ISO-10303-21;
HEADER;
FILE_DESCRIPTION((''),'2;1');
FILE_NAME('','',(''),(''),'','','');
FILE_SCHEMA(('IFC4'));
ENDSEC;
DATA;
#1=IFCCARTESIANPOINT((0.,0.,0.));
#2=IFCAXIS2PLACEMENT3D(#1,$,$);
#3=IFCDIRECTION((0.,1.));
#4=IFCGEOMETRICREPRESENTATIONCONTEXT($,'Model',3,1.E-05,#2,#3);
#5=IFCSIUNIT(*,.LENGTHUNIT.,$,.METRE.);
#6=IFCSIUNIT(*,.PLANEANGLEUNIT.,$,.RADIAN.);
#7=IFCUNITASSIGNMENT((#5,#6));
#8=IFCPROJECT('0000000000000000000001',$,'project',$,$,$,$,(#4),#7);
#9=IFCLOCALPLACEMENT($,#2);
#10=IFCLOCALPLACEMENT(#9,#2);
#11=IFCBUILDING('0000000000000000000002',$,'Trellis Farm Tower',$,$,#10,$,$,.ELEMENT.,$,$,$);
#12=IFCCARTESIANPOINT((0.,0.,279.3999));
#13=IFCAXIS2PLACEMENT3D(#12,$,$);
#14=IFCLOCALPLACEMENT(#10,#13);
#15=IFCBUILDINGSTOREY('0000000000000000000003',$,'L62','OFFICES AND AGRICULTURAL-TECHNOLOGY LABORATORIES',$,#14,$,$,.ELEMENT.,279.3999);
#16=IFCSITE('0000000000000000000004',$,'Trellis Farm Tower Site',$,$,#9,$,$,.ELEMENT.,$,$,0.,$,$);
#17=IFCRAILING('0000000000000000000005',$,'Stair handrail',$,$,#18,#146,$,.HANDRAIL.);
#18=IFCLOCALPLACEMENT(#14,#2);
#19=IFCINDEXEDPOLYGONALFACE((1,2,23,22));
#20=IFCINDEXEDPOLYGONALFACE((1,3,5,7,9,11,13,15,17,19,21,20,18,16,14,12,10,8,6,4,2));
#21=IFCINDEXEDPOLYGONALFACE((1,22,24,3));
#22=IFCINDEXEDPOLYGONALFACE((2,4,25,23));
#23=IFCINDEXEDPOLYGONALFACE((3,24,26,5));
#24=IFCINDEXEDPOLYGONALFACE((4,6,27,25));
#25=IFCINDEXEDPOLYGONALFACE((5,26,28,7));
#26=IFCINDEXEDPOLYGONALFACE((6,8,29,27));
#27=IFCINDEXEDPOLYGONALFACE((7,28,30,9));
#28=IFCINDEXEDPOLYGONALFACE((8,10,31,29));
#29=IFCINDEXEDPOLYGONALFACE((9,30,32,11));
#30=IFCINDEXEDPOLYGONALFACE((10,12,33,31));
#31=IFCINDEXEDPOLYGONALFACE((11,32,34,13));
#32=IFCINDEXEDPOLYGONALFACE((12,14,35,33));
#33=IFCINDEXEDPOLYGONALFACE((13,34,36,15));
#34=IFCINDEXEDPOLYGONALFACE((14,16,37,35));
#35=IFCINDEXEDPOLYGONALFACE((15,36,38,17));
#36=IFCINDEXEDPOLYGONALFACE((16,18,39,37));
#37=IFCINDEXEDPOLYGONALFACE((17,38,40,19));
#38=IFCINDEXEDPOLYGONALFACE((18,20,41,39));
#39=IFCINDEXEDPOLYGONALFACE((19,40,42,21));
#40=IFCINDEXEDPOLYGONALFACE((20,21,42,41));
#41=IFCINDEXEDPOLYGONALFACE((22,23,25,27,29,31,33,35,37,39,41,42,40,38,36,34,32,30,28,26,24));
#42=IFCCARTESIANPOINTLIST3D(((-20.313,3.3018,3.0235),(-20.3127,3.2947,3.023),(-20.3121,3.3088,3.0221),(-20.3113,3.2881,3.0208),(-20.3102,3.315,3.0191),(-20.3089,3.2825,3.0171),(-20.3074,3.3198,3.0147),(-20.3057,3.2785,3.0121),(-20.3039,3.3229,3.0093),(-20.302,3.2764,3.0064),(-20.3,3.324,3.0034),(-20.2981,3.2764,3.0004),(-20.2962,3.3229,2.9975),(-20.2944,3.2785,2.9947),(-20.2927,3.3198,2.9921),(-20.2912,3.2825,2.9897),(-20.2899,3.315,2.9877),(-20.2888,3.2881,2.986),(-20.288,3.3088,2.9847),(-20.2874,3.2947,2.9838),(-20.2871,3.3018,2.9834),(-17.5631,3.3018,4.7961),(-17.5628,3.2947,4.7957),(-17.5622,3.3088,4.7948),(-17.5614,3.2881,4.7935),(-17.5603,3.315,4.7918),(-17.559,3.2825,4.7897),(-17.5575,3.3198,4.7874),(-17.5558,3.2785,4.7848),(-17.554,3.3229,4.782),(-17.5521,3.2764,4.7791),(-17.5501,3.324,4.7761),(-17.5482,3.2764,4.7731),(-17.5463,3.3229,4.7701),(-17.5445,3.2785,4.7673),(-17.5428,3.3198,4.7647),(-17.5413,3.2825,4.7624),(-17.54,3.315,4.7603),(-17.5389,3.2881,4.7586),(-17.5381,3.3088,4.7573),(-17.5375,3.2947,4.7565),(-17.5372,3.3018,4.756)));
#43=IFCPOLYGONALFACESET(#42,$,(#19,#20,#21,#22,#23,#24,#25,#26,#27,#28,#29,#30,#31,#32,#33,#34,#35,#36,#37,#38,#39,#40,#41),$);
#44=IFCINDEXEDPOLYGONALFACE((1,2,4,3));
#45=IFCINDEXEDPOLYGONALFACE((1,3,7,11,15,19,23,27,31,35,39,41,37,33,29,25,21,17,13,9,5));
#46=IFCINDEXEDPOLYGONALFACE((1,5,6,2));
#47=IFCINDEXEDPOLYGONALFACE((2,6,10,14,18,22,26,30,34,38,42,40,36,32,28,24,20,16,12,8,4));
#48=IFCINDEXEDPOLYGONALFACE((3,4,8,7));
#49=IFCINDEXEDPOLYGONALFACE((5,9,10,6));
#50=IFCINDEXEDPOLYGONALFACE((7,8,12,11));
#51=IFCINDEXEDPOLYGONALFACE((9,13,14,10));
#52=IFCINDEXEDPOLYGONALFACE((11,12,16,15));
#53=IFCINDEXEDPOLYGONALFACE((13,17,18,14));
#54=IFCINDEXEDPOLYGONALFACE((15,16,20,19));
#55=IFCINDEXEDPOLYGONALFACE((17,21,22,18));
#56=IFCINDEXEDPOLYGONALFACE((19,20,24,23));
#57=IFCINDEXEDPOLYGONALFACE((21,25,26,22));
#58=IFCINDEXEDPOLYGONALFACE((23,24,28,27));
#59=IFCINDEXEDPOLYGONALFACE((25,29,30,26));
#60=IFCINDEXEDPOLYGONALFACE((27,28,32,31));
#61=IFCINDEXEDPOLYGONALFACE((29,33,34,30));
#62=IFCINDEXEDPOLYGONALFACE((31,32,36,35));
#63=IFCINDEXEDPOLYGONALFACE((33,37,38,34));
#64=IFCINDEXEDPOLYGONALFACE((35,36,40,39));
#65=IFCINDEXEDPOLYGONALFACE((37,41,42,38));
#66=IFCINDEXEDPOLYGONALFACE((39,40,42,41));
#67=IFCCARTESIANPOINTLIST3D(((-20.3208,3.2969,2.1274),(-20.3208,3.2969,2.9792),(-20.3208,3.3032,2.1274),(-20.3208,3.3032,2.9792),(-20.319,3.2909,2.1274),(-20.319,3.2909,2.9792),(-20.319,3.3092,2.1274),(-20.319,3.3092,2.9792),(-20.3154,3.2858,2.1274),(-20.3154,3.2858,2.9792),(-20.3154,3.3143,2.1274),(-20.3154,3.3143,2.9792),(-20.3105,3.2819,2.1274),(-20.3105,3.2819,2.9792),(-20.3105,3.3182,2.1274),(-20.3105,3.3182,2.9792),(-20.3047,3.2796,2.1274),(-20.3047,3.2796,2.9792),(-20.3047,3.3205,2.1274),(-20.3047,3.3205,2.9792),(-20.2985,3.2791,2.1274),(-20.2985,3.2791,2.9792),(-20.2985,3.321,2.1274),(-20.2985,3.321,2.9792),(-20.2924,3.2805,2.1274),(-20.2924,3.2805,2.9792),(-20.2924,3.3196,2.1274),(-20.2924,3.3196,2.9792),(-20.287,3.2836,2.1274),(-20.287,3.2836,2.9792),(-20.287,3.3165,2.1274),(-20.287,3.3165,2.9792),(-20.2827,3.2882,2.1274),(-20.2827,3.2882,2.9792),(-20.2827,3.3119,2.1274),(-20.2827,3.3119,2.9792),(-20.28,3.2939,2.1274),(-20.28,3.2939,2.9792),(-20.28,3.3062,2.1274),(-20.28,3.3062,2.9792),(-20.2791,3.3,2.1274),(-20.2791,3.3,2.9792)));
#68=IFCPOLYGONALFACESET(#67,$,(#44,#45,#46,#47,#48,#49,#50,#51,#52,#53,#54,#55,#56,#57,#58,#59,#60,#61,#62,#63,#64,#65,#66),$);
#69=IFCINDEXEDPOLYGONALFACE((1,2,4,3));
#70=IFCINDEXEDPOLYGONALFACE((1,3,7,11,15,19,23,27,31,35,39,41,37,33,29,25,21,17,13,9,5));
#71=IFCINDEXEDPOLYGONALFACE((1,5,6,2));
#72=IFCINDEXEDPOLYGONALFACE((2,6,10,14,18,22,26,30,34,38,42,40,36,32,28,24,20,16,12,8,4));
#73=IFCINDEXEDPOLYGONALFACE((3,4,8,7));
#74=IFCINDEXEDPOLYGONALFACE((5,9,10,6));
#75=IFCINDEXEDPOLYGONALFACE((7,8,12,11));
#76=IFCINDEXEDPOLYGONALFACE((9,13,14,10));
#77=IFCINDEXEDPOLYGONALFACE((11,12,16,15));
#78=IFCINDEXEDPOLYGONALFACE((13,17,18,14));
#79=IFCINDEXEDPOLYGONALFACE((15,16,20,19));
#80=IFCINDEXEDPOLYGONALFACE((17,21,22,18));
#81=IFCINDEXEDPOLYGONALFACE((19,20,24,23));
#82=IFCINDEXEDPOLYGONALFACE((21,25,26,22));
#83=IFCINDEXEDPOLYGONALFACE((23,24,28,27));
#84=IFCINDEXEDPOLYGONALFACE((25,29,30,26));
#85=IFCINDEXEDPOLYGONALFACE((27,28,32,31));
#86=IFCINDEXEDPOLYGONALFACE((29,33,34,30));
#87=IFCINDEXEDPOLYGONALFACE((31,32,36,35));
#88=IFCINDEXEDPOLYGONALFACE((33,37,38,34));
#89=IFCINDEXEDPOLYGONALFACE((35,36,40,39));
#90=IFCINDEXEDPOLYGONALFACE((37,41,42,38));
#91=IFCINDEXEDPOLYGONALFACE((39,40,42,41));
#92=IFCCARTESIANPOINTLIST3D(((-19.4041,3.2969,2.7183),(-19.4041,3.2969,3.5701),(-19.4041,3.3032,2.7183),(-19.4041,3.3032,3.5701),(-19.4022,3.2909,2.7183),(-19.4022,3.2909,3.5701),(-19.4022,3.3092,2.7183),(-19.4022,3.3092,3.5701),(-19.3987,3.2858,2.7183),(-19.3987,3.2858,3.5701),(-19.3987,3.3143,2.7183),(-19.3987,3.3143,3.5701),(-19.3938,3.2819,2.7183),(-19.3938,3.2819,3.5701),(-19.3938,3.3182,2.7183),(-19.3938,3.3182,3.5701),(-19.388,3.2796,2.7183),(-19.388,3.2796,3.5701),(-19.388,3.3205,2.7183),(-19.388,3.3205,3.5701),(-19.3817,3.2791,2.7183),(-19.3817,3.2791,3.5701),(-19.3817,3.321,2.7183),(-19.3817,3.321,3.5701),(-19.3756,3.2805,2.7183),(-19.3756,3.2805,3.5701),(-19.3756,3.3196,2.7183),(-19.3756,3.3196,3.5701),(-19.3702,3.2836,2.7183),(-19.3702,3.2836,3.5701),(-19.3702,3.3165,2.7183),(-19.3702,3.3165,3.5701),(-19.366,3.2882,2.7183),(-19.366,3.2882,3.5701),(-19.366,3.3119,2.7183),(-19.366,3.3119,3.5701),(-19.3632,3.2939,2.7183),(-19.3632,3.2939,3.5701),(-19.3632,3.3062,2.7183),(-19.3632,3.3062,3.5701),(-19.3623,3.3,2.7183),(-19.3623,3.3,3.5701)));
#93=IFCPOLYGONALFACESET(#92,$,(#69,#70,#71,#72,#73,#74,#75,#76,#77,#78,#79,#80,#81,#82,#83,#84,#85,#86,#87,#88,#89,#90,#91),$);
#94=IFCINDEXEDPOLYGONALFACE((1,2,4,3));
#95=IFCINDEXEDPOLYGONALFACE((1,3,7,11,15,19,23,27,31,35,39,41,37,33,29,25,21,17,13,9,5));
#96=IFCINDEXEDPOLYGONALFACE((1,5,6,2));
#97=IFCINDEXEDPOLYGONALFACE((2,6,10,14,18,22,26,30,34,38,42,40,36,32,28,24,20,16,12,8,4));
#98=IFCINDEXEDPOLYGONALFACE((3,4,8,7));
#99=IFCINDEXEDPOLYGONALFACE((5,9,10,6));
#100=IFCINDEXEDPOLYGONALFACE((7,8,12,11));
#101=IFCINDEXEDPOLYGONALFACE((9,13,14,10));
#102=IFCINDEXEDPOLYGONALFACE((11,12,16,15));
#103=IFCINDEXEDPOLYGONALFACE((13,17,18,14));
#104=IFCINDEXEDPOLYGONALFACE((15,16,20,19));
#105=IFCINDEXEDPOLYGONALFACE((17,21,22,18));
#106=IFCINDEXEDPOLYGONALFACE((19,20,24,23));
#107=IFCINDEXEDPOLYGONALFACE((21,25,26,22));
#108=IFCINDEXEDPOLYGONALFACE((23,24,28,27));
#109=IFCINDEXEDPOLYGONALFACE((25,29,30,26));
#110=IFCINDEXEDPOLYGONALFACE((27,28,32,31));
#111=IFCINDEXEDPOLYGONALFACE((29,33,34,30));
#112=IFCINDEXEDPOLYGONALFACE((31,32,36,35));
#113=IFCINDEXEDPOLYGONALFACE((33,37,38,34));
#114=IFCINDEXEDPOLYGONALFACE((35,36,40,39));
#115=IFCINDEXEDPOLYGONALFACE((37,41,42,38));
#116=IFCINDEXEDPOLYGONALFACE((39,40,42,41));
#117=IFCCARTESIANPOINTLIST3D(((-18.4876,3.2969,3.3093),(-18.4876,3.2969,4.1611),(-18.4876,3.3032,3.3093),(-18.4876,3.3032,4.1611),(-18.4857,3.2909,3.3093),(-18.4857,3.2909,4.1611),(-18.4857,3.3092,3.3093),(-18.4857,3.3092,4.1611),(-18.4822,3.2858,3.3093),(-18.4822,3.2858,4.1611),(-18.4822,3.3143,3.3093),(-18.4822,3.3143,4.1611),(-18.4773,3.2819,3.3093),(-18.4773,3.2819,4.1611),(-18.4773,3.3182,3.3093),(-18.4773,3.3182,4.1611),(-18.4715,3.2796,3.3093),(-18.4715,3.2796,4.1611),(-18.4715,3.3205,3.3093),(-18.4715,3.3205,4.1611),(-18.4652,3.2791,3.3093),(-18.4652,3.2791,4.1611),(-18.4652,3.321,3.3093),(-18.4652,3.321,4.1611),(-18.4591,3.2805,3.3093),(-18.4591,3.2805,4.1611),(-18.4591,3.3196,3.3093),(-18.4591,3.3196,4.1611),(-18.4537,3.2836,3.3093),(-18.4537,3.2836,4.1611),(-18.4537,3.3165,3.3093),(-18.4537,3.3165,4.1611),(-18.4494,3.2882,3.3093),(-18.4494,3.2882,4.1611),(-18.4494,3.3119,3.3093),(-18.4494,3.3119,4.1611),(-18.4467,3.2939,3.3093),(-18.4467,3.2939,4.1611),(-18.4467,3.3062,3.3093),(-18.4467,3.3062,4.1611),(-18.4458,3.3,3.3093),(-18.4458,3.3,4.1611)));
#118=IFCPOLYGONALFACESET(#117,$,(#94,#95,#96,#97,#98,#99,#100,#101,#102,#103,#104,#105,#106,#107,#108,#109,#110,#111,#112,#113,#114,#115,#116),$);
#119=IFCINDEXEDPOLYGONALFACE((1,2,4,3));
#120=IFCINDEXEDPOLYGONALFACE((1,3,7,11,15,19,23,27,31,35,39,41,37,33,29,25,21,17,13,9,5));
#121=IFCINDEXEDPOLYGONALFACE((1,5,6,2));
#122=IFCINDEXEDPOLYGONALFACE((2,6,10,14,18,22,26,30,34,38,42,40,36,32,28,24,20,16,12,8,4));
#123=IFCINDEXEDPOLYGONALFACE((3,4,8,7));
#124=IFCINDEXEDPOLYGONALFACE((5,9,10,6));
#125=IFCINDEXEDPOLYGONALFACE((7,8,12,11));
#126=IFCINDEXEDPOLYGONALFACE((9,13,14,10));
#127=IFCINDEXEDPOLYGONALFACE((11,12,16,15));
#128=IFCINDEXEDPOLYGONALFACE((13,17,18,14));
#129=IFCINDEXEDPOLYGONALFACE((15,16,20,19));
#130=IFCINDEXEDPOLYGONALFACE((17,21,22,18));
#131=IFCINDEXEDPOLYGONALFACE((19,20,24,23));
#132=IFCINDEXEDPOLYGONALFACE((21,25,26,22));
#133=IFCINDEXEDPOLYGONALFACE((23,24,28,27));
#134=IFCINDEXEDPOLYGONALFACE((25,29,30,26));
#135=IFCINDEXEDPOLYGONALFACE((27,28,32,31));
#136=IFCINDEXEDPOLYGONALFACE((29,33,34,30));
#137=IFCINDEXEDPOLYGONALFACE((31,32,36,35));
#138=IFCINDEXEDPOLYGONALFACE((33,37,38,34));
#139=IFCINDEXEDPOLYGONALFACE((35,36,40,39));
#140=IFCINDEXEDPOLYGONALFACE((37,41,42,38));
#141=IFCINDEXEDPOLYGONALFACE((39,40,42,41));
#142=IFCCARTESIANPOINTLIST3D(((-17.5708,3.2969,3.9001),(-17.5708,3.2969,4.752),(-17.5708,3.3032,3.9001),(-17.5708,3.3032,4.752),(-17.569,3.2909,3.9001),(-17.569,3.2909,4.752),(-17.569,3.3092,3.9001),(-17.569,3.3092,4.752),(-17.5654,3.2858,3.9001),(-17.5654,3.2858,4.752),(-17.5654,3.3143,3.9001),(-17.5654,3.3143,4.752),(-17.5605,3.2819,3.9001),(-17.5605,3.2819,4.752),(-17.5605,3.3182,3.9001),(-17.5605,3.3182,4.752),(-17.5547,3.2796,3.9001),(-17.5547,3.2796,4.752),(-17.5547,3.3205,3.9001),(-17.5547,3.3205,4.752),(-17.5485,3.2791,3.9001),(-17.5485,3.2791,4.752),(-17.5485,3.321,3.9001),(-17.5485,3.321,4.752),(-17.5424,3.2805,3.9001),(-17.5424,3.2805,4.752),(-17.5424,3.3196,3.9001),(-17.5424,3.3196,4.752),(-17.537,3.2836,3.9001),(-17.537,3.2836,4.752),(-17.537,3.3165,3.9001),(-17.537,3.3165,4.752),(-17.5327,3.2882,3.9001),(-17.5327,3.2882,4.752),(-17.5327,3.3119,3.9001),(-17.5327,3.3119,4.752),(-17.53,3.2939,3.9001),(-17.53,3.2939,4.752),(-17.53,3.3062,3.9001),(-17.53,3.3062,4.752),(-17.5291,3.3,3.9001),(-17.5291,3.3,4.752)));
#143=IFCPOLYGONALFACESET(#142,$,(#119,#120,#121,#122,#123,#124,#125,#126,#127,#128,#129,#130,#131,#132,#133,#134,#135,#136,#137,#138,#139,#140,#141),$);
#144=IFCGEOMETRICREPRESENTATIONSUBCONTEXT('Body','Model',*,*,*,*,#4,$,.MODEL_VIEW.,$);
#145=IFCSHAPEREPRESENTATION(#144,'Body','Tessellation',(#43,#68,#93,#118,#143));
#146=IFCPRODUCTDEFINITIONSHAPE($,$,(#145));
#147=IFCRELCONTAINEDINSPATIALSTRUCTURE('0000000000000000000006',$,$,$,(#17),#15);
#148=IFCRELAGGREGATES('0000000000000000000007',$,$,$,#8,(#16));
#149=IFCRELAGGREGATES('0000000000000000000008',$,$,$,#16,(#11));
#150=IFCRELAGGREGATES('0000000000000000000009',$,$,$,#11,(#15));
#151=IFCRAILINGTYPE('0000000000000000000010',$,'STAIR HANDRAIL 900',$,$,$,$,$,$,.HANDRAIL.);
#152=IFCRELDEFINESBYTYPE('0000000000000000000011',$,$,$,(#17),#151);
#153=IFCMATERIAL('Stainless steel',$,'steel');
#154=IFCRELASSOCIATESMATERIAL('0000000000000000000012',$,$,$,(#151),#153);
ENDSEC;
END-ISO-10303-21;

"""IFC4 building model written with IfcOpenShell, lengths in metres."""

from ifc_helpers import new_model, si_unit, direction, frame, origin, origin_2d, place, context, subcontext, project, spatial, circle, extrude, source, transform, mapped, material, type_object, element, save


model = new_model("IFC4")

# Units and contexts
model_context = context("Model", 3, precision=1e-05, world=origin(), true_north=direction((0.0, 1.0)))
body_context = subcontext(model_context, "Body", "Model", "MODEL_VIEW")
ifc_project = project(units=[si_unit("LENGTHUNIT", "METRE"), si_unit("PLANEANGLEUNIT", "RADIAN")], contexts=[model_context])

# Site, building, storey
site_placement = place(None, origin())
site = spatial("IfcSite", under=ifc_project, at=site_placement, Name="Trellis Farm Tower Site", CompositionType="ELEMENT", RefElevation=0.0)
building_placement = place(site_placement, origin())
building = spatial("IfcBuilding", under=site, at=building_placement, Name="Trellis Farm Tower", CompositionType="ELEMENT")
storey_placement = place(building_placement, frame((0.0, 0.0, 279.3999)))
storey = spatial("IfcBuildingStorey", under=building, at=storey_placement, Name="L62", Description="OFFICES AND AGRICULTURAL-TECHNOLOGY LABORATORIES", CompositionType="ELEMENT", Elevation=279.3999)

# Railing
ifc_material_1 = material(Name="Stainless steel", Category="steel")
railing_type_1 = type_object("IfcRailingType", Name="STAIR HANDRAIL 900", PredefinedType="HANDRAIL", material=ifc_material_1)
shared_shape_1 = source(origin(), body_context, "Body", "SweptSolid", [
    extrude(circle(Radius=0.0239, at=origin_2d()), frame((0.0, 0.0, 0.876), z_axis=(0.840504, 0.0, 0.541806), x_axis=(0.0, 1.0, 0.0)), (0.0, 0.0, 1.0), 3.2717),
    extrude(circle(Radius=0.021, at=origin_2d()), origin(), (0.0, 0.0, 1.0), 0.8518),
    extrude(circle(Radius=0.021, at=origin_2d()), frame((0.9167, 0.0, 0.5908)), (0.0, 0.0, 1.0), 0.8518),
    extrude(circle(Radius=0.021, at=origin_2d()), frame((1.8333, 0.0, 1.1819)), (0.0, 0.0, 1.0), 0.8518),
    extrude(circle(Radius=0.021, at=origin_2d()), frame((2.75, 0.0, 1.7727)), (0.0, 0.0, 1.0), 0.8518),
])
for number, where, name in (
    (1, (-20.3, 3.3, 2.1274), "Stair handrail"),
):
    element("IfcRailing", number, at=place(storey_placement, frame(where)), inside=storey, type_object=railing_type_1, Name=name, PredefinedType="HANDRAIL", context=body_context, shape_type="MappedRepresentation", body=[
        mapped(shared_shape_1, transform((0.0, 0.0, 0.0))),
    ])

save(model, "model.ifc")
